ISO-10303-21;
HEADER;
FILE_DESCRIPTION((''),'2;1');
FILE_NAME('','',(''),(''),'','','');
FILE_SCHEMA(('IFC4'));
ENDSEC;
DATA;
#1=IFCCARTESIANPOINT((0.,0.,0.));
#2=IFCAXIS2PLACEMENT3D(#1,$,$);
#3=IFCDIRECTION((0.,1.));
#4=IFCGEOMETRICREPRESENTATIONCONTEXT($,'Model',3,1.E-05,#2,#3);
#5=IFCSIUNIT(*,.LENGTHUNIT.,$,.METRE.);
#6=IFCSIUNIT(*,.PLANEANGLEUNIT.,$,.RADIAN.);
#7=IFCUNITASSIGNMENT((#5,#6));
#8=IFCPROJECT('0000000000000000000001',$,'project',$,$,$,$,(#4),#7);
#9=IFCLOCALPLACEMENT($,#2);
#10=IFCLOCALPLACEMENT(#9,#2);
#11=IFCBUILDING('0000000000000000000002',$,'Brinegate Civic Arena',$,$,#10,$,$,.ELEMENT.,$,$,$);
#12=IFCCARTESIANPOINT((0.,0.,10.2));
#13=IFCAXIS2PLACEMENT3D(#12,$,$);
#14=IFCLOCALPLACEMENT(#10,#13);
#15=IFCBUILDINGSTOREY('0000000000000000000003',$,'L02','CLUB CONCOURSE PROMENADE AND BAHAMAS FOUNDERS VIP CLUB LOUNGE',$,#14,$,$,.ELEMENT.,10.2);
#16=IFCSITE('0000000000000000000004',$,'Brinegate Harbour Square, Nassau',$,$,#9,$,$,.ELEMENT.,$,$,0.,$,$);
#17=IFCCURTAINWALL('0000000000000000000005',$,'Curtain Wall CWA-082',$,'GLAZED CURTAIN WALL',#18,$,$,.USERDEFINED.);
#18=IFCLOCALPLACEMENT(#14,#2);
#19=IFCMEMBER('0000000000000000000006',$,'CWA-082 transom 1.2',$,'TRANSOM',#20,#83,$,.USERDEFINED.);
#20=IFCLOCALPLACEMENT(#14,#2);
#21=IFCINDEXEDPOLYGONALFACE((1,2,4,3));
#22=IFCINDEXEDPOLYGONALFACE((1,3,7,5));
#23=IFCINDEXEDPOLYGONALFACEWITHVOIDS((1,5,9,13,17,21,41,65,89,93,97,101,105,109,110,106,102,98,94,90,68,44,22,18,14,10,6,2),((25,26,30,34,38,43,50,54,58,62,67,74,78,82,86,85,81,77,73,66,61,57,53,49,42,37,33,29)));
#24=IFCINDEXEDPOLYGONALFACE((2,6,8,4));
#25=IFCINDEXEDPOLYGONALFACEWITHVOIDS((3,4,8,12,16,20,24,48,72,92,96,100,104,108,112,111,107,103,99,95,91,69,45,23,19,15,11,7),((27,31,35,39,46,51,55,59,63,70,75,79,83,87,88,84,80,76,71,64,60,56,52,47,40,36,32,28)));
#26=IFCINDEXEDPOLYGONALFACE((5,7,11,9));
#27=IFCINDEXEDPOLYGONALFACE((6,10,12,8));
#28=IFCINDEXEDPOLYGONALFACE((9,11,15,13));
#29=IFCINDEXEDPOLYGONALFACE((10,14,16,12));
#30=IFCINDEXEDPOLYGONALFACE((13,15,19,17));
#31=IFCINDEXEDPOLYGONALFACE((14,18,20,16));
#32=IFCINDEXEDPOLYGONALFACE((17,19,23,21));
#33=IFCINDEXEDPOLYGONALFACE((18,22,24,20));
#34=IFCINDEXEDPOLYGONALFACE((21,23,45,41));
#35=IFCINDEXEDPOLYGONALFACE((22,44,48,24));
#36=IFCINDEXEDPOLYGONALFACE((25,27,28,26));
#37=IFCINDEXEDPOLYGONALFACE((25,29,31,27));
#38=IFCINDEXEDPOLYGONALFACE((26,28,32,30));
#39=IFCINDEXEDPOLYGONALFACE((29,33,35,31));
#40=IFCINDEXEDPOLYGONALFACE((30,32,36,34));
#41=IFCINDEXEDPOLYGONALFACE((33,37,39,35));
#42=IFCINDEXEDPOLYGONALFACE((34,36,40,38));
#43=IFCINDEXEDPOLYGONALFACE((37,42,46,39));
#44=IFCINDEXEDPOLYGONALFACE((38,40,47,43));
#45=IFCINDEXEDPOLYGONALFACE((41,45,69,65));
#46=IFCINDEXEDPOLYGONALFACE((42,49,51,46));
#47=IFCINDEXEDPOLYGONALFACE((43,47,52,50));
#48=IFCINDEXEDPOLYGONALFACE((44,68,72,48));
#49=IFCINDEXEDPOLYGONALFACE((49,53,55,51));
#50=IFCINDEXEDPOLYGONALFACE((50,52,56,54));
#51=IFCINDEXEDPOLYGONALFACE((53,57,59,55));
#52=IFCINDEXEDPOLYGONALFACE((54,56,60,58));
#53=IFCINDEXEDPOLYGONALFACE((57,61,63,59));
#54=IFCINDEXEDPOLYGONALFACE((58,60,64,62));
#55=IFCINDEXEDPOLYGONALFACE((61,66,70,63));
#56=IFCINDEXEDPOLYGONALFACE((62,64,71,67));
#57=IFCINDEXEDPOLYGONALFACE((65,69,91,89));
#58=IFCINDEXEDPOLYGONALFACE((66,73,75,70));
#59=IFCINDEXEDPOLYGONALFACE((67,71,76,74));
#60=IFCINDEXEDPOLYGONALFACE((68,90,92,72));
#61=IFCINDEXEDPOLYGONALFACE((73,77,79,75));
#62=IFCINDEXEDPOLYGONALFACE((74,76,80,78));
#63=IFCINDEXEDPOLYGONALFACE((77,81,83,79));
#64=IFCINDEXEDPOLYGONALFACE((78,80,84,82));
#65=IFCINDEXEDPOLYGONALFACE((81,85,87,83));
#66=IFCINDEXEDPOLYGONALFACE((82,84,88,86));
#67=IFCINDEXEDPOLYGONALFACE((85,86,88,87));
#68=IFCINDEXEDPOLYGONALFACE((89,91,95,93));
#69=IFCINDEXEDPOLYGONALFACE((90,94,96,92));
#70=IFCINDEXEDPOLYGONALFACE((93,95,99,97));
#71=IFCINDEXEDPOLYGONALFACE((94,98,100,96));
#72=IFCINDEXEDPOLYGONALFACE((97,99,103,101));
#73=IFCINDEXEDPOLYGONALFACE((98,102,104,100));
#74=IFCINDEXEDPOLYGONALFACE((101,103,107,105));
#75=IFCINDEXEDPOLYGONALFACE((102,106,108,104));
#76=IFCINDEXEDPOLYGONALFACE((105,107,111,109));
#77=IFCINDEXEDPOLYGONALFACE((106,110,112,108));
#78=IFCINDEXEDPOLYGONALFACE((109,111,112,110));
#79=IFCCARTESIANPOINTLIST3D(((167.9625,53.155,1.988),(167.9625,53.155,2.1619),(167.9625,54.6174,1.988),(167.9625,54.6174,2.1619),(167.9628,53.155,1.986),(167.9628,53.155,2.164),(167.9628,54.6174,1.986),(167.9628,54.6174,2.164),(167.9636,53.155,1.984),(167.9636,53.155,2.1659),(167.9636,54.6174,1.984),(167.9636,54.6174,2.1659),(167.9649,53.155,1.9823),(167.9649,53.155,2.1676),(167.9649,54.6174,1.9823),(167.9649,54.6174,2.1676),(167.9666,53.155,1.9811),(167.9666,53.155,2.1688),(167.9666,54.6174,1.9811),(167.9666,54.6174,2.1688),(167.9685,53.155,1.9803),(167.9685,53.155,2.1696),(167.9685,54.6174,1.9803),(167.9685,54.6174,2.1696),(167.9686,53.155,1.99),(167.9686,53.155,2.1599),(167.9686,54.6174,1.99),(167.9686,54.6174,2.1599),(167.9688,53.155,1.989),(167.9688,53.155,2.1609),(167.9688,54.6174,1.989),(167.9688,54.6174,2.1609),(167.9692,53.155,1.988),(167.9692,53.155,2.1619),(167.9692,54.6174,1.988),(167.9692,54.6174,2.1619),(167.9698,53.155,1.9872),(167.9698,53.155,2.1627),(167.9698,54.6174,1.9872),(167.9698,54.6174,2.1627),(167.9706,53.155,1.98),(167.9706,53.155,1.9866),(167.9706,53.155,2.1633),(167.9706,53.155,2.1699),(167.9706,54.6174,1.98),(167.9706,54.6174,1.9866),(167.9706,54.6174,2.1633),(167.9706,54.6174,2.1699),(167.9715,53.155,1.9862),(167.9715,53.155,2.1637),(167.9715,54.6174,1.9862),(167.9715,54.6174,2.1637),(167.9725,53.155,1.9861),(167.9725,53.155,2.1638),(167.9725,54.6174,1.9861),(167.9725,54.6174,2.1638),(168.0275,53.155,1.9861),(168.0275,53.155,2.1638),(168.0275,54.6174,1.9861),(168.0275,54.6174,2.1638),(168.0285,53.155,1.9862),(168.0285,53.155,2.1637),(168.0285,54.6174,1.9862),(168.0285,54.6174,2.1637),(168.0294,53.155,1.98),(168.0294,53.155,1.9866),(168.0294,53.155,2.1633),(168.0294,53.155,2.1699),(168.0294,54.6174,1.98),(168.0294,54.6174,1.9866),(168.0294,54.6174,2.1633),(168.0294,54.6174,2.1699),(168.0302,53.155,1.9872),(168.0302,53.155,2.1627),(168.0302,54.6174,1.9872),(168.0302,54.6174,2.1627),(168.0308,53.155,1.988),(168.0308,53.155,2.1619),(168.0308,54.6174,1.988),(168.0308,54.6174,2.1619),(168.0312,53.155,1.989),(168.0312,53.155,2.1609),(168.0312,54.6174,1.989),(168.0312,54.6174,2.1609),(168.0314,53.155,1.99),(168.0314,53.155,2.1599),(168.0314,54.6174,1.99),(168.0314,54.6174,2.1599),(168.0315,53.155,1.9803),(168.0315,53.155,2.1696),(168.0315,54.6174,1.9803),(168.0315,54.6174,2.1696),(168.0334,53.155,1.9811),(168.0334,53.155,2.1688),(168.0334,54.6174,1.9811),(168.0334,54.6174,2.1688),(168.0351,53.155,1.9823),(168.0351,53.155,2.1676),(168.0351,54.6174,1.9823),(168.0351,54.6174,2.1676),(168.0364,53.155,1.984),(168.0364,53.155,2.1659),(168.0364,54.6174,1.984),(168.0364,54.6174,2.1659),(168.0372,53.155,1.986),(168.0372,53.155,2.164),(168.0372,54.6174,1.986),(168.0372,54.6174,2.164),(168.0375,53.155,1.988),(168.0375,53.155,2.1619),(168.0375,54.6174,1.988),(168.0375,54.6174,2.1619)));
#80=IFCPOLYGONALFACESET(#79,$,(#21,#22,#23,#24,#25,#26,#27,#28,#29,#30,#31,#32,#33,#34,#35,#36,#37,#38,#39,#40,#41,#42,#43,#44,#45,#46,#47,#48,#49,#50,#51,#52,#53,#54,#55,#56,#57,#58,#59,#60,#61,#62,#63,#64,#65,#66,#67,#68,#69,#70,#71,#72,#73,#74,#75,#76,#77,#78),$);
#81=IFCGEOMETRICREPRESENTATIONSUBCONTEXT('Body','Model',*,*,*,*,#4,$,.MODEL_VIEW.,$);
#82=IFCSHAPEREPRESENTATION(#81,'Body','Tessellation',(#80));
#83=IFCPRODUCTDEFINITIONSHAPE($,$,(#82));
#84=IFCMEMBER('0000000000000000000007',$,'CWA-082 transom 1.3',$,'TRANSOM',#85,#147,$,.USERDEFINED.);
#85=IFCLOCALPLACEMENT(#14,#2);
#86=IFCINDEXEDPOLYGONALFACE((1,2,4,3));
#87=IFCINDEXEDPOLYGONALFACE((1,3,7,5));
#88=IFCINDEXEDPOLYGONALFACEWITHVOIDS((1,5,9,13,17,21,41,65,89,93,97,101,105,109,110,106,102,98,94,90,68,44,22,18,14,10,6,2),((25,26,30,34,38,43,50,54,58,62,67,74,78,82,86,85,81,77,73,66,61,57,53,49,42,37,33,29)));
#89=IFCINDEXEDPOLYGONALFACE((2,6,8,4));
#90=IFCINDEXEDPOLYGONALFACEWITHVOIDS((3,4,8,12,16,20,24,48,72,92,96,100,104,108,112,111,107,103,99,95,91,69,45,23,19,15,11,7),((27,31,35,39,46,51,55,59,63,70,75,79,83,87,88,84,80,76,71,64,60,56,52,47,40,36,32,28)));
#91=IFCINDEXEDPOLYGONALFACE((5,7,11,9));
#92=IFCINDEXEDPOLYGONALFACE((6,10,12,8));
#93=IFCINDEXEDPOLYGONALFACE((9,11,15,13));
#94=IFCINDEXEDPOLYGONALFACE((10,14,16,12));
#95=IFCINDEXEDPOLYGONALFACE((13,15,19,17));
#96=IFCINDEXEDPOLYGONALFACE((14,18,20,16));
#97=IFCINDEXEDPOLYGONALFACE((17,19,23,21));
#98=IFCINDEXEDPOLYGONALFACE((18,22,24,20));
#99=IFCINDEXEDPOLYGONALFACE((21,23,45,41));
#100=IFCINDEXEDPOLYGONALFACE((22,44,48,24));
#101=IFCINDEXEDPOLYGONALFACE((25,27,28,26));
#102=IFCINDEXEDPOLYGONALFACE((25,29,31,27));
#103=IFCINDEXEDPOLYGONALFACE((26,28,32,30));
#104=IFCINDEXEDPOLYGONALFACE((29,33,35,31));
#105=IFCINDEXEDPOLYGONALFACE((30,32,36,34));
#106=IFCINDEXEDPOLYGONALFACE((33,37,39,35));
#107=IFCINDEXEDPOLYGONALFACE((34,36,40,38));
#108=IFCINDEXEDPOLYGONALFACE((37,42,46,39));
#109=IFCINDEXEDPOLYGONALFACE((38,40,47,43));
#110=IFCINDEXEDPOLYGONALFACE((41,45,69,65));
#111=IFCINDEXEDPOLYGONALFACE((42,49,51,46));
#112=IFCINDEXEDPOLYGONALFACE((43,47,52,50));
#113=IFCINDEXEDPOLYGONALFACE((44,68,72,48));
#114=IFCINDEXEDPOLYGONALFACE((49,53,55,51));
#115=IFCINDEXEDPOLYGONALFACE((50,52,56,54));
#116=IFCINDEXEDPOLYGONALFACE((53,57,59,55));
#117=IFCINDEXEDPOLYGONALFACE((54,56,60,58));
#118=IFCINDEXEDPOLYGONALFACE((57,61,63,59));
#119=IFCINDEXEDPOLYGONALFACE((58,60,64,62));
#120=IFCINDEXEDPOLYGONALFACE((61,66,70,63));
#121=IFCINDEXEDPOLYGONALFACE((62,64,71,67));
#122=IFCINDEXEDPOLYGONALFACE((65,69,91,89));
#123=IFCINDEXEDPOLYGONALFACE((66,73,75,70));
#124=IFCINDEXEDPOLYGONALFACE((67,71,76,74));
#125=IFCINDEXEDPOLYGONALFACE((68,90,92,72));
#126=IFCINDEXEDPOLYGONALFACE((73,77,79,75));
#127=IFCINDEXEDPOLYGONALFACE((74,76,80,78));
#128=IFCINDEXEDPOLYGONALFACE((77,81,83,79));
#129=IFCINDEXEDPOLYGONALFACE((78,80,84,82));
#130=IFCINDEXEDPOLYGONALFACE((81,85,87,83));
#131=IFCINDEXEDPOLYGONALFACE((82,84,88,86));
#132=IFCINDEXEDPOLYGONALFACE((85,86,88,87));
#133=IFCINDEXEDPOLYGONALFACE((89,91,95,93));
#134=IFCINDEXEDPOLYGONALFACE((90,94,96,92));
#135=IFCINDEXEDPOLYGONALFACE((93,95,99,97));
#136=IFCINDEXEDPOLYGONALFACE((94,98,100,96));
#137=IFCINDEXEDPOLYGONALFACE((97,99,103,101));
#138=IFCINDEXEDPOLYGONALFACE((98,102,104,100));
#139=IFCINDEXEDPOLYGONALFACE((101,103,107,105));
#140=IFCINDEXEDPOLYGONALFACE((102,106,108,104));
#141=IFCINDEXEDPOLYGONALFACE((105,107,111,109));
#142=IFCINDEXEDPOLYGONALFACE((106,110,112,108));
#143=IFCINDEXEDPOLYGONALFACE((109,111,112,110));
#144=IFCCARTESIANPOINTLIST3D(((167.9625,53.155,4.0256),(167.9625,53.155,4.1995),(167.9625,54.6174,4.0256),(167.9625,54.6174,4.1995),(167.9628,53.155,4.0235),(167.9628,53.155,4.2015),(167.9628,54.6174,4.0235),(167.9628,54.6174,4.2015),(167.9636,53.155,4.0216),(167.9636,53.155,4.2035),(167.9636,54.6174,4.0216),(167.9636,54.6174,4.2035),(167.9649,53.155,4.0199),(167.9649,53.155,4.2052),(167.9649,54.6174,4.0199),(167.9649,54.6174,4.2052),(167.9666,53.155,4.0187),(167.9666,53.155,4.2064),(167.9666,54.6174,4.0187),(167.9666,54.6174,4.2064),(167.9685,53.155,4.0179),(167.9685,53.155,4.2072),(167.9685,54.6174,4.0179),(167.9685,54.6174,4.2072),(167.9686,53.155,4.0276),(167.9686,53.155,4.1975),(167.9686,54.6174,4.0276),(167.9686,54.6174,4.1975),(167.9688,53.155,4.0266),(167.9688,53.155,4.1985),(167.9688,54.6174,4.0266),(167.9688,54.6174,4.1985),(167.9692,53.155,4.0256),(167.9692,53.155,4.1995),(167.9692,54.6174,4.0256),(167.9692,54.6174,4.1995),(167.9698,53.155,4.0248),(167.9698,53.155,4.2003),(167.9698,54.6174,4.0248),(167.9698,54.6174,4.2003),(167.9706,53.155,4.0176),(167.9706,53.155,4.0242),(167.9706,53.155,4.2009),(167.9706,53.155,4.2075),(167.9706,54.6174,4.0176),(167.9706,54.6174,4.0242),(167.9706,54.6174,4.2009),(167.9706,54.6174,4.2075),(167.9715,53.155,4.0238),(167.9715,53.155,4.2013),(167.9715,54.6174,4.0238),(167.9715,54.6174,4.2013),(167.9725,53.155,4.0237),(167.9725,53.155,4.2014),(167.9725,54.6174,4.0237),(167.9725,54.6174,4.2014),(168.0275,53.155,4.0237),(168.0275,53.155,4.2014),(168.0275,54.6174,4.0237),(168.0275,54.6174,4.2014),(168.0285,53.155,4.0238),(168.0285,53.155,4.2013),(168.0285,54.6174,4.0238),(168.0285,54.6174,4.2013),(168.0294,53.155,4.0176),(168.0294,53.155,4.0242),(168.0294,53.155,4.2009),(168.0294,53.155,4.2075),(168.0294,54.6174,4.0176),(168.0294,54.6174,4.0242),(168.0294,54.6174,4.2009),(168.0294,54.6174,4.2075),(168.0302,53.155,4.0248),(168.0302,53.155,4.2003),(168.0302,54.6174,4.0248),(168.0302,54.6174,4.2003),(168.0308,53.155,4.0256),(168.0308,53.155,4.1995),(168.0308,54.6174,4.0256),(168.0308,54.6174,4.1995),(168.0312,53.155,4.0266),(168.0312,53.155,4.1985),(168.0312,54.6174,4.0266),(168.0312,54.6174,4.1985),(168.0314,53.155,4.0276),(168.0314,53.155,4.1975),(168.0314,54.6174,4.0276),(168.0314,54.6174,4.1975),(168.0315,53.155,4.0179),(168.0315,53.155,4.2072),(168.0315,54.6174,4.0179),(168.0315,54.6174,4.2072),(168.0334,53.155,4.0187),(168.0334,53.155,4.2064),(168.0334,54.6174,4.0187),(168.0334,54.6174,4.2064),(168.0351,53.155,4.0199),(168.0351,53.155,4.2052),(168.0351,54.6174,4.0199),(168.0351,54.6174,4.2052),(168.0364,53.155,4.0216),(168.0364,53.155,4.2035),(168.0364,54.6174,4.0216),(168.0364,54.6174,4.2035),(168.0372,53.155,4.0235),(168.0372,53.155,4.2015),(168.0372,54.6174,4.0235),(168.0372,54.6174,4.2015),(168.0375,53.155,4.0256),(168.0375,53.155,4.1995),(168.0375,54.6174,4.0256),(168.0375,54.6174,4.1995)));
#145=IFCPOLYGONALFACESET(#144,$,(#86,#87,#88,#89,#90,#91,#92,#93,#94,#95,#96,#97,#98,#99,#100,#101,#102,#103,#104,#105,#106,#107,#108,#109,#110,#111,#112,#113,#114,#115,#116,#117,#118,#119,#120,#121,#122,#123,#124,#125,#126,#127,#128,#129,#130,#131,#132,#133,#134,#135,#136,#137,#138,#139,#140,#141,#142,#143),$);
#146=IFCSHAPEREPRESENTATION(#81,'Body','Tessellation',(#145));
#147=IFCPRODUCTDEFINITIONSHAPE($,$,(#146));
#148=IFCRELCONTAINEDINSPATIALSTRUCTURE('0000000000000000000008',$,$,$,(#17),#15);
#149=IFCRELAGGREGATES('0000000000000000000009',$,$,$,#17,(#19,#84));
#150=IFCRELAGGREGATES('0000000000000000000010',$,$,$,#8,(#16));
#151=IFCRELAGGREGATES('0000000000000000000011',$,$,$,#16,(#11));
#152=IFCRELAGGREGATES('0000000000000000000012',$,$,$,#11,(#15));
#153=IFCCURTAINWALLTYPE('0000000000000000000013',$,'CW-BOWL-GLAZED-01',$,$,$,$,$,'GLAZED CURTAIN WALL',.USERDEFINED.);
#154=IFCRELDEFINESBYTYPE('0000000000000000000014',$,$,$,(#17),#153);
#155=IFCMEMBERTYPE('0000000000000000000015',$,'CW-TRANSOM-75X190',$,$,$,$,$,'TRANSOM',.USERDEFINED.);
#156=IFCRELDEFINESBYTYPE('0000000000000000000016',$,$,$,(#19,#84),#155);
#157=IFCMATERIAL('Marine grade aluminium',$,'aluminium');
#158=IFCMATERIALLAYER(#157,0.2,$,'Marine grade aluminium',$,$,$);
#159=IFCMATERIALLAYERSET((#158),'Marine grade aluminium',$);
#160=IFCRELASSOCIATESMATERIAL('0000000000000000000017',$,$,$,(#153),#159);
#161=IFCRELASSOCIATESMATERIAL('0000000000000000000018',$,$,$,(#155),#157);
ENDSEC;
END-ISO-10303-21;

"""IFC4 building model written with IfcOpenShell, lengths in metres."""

from ifc_helpers import new_model, si_unit, direction, frame, origin, origin_2d, place, context, subcontext, project, spatial, hollow_rectangle, extrude, material, layer, layer_set, material_profile, profile_set, type_object, element, aggregate, save


model = new_model("IFC4")

# Units and contexts
model_context = context("Model", 3, precision=1e-05, world=origin(), true_north=direction((0.0, 1.0)))
body_context = subcontext(model_context, "Body", "Model", "MODEL_VIEW")
ifc_project = project(units=[si_unit("LENGTHUNIT", "METRE"), si_unit("PLANEANGLEUNIT", "RADIAN")], contexts=[model_context])

# Site, building, storey
site_placement = place(None, origin())
site = spatial("IfcSite", under=ifc_project, at=site_placement, Name="Brinegate Harbour Square, Nassau", CompositionType="ELEMENT", RefElevation=0.0)
building_placement = place(site_placement, origin())
building = spatial("IfcBuilding", under=site, at=building_placement, Name="Brinegate Civic Arena", CompositionType="ELEMENT")
storey_placement = place(building_placement, frame((0.0, 0.0, 10.2)))
storey = spatial("IfcBuildingStorey", under=building, at=storey_placement, Name="L02", Description="CLUB CONCOURSE PROMENADE AND BAHAMAS FOUNDERS VIP CLUB LOUNGE", CompositionType="ELEMENT", Elevation=10.2)

# Shared definitions
ifc_material_1 = material(Name="Marine grade aluminium", Category="aluminium")
ifc_layer_1 = layer(ifc_material_1, 0.2, Name="Marine grade aluminium")
ifc_layer_set_1 = layer_set([ifc_layer_1], Name="Marine grade aluminium")
curtain_wall_type = type_object("IfcCurtainWallType", Name="CW-BOWL-GLAZED-01", ElementType="GLAZED CURTAIN WALL", PredefinedType="USERDEFINED", material=ifc_layer_set_1)

# Curtain wall
curtain_wall_1_placement = place(storey_placement, origin())
curtain_wall_1 = element("IfcCurtainWall", 1, at=curtain_wall_1_placement, inside=storey, type_object=curtain_wall_type, Name="Curtain Wall CWA-082", ObjectType="GLAZED CURTAIN WALL", PredefinedType="USERDEFINED")

# Members
ifc_material_profile_1 = material_profile(ifc_material_1, hollow_rectangle(XDim=0.075, YDim=0.1899, WallThickness=0.0061, InnerFilletRadius=0.0039, OuterFilletRadius=0.0081, at=origin_2d()), Name="TRN75X190")
ifc_profile_set_1 = profile_set([ifc_material_profile_1], Name="Marine grade aluminium")
member_type_1 = type_object("IfcMemberType", Name="CW-TRANSOM-75X190", ElementType="TRANSOM", PredefinedType="USERDEFINED", material=ifc_profile_set_1)
member_1_placement = place(storey_placement, frame((168.0, 53.155, 2.075), z_axis=(0.0, 1.0, 0.0), x_axis=(-1.0, 0.0, 0.0)))
member_1 = element("IfcMember", 2, at=member_1_placement, type_object=member_type_1, Name="CWA-082 transom 1.2", ObjectType="TRANSOM", PredefinedType="USERDEFINED", context=body_context, shape_type="SweptSolid", body=[
    extrude(hollow_rectangle(XDim=0.075, YDim=0.1899, WallThickness=0.0061, InnerFilletRadius=0.0039, OuterFilletRadius=0.0081, at=origin_2d()), origin(), (0.0, 0.0, 1.0), 1.4624),
])
member_2_placement = place(storey_placement, frame((168.0, 53.155, 4.1125), z_axis=(0.0, 1.0, 0.0), x_axis=(-1.0, 0.0, 0.0)))
member_2 = element("IfcMember", 3, at=member_2_placement, type_object=member_type_1, Name="CWA-082 transom 1.3", ObjectType="TRANSOM", PredefinedType="USERDEFINED", context=body_context, shape_type="SweptSolid", body=[
    extrude(hollow_rectangle(XDim=0.075, YDim=0.1899, WallThickness=0.0061, InnerFilletRadius=0.0039, OuterFilletRadius=0.0081, at=origin_2d()), origin(), (0.0, 0.0, 1.0), 1.4624),
])

aggregate(curtain_wall_1, [member_1, member_2])

save(model, "model.ifc")
